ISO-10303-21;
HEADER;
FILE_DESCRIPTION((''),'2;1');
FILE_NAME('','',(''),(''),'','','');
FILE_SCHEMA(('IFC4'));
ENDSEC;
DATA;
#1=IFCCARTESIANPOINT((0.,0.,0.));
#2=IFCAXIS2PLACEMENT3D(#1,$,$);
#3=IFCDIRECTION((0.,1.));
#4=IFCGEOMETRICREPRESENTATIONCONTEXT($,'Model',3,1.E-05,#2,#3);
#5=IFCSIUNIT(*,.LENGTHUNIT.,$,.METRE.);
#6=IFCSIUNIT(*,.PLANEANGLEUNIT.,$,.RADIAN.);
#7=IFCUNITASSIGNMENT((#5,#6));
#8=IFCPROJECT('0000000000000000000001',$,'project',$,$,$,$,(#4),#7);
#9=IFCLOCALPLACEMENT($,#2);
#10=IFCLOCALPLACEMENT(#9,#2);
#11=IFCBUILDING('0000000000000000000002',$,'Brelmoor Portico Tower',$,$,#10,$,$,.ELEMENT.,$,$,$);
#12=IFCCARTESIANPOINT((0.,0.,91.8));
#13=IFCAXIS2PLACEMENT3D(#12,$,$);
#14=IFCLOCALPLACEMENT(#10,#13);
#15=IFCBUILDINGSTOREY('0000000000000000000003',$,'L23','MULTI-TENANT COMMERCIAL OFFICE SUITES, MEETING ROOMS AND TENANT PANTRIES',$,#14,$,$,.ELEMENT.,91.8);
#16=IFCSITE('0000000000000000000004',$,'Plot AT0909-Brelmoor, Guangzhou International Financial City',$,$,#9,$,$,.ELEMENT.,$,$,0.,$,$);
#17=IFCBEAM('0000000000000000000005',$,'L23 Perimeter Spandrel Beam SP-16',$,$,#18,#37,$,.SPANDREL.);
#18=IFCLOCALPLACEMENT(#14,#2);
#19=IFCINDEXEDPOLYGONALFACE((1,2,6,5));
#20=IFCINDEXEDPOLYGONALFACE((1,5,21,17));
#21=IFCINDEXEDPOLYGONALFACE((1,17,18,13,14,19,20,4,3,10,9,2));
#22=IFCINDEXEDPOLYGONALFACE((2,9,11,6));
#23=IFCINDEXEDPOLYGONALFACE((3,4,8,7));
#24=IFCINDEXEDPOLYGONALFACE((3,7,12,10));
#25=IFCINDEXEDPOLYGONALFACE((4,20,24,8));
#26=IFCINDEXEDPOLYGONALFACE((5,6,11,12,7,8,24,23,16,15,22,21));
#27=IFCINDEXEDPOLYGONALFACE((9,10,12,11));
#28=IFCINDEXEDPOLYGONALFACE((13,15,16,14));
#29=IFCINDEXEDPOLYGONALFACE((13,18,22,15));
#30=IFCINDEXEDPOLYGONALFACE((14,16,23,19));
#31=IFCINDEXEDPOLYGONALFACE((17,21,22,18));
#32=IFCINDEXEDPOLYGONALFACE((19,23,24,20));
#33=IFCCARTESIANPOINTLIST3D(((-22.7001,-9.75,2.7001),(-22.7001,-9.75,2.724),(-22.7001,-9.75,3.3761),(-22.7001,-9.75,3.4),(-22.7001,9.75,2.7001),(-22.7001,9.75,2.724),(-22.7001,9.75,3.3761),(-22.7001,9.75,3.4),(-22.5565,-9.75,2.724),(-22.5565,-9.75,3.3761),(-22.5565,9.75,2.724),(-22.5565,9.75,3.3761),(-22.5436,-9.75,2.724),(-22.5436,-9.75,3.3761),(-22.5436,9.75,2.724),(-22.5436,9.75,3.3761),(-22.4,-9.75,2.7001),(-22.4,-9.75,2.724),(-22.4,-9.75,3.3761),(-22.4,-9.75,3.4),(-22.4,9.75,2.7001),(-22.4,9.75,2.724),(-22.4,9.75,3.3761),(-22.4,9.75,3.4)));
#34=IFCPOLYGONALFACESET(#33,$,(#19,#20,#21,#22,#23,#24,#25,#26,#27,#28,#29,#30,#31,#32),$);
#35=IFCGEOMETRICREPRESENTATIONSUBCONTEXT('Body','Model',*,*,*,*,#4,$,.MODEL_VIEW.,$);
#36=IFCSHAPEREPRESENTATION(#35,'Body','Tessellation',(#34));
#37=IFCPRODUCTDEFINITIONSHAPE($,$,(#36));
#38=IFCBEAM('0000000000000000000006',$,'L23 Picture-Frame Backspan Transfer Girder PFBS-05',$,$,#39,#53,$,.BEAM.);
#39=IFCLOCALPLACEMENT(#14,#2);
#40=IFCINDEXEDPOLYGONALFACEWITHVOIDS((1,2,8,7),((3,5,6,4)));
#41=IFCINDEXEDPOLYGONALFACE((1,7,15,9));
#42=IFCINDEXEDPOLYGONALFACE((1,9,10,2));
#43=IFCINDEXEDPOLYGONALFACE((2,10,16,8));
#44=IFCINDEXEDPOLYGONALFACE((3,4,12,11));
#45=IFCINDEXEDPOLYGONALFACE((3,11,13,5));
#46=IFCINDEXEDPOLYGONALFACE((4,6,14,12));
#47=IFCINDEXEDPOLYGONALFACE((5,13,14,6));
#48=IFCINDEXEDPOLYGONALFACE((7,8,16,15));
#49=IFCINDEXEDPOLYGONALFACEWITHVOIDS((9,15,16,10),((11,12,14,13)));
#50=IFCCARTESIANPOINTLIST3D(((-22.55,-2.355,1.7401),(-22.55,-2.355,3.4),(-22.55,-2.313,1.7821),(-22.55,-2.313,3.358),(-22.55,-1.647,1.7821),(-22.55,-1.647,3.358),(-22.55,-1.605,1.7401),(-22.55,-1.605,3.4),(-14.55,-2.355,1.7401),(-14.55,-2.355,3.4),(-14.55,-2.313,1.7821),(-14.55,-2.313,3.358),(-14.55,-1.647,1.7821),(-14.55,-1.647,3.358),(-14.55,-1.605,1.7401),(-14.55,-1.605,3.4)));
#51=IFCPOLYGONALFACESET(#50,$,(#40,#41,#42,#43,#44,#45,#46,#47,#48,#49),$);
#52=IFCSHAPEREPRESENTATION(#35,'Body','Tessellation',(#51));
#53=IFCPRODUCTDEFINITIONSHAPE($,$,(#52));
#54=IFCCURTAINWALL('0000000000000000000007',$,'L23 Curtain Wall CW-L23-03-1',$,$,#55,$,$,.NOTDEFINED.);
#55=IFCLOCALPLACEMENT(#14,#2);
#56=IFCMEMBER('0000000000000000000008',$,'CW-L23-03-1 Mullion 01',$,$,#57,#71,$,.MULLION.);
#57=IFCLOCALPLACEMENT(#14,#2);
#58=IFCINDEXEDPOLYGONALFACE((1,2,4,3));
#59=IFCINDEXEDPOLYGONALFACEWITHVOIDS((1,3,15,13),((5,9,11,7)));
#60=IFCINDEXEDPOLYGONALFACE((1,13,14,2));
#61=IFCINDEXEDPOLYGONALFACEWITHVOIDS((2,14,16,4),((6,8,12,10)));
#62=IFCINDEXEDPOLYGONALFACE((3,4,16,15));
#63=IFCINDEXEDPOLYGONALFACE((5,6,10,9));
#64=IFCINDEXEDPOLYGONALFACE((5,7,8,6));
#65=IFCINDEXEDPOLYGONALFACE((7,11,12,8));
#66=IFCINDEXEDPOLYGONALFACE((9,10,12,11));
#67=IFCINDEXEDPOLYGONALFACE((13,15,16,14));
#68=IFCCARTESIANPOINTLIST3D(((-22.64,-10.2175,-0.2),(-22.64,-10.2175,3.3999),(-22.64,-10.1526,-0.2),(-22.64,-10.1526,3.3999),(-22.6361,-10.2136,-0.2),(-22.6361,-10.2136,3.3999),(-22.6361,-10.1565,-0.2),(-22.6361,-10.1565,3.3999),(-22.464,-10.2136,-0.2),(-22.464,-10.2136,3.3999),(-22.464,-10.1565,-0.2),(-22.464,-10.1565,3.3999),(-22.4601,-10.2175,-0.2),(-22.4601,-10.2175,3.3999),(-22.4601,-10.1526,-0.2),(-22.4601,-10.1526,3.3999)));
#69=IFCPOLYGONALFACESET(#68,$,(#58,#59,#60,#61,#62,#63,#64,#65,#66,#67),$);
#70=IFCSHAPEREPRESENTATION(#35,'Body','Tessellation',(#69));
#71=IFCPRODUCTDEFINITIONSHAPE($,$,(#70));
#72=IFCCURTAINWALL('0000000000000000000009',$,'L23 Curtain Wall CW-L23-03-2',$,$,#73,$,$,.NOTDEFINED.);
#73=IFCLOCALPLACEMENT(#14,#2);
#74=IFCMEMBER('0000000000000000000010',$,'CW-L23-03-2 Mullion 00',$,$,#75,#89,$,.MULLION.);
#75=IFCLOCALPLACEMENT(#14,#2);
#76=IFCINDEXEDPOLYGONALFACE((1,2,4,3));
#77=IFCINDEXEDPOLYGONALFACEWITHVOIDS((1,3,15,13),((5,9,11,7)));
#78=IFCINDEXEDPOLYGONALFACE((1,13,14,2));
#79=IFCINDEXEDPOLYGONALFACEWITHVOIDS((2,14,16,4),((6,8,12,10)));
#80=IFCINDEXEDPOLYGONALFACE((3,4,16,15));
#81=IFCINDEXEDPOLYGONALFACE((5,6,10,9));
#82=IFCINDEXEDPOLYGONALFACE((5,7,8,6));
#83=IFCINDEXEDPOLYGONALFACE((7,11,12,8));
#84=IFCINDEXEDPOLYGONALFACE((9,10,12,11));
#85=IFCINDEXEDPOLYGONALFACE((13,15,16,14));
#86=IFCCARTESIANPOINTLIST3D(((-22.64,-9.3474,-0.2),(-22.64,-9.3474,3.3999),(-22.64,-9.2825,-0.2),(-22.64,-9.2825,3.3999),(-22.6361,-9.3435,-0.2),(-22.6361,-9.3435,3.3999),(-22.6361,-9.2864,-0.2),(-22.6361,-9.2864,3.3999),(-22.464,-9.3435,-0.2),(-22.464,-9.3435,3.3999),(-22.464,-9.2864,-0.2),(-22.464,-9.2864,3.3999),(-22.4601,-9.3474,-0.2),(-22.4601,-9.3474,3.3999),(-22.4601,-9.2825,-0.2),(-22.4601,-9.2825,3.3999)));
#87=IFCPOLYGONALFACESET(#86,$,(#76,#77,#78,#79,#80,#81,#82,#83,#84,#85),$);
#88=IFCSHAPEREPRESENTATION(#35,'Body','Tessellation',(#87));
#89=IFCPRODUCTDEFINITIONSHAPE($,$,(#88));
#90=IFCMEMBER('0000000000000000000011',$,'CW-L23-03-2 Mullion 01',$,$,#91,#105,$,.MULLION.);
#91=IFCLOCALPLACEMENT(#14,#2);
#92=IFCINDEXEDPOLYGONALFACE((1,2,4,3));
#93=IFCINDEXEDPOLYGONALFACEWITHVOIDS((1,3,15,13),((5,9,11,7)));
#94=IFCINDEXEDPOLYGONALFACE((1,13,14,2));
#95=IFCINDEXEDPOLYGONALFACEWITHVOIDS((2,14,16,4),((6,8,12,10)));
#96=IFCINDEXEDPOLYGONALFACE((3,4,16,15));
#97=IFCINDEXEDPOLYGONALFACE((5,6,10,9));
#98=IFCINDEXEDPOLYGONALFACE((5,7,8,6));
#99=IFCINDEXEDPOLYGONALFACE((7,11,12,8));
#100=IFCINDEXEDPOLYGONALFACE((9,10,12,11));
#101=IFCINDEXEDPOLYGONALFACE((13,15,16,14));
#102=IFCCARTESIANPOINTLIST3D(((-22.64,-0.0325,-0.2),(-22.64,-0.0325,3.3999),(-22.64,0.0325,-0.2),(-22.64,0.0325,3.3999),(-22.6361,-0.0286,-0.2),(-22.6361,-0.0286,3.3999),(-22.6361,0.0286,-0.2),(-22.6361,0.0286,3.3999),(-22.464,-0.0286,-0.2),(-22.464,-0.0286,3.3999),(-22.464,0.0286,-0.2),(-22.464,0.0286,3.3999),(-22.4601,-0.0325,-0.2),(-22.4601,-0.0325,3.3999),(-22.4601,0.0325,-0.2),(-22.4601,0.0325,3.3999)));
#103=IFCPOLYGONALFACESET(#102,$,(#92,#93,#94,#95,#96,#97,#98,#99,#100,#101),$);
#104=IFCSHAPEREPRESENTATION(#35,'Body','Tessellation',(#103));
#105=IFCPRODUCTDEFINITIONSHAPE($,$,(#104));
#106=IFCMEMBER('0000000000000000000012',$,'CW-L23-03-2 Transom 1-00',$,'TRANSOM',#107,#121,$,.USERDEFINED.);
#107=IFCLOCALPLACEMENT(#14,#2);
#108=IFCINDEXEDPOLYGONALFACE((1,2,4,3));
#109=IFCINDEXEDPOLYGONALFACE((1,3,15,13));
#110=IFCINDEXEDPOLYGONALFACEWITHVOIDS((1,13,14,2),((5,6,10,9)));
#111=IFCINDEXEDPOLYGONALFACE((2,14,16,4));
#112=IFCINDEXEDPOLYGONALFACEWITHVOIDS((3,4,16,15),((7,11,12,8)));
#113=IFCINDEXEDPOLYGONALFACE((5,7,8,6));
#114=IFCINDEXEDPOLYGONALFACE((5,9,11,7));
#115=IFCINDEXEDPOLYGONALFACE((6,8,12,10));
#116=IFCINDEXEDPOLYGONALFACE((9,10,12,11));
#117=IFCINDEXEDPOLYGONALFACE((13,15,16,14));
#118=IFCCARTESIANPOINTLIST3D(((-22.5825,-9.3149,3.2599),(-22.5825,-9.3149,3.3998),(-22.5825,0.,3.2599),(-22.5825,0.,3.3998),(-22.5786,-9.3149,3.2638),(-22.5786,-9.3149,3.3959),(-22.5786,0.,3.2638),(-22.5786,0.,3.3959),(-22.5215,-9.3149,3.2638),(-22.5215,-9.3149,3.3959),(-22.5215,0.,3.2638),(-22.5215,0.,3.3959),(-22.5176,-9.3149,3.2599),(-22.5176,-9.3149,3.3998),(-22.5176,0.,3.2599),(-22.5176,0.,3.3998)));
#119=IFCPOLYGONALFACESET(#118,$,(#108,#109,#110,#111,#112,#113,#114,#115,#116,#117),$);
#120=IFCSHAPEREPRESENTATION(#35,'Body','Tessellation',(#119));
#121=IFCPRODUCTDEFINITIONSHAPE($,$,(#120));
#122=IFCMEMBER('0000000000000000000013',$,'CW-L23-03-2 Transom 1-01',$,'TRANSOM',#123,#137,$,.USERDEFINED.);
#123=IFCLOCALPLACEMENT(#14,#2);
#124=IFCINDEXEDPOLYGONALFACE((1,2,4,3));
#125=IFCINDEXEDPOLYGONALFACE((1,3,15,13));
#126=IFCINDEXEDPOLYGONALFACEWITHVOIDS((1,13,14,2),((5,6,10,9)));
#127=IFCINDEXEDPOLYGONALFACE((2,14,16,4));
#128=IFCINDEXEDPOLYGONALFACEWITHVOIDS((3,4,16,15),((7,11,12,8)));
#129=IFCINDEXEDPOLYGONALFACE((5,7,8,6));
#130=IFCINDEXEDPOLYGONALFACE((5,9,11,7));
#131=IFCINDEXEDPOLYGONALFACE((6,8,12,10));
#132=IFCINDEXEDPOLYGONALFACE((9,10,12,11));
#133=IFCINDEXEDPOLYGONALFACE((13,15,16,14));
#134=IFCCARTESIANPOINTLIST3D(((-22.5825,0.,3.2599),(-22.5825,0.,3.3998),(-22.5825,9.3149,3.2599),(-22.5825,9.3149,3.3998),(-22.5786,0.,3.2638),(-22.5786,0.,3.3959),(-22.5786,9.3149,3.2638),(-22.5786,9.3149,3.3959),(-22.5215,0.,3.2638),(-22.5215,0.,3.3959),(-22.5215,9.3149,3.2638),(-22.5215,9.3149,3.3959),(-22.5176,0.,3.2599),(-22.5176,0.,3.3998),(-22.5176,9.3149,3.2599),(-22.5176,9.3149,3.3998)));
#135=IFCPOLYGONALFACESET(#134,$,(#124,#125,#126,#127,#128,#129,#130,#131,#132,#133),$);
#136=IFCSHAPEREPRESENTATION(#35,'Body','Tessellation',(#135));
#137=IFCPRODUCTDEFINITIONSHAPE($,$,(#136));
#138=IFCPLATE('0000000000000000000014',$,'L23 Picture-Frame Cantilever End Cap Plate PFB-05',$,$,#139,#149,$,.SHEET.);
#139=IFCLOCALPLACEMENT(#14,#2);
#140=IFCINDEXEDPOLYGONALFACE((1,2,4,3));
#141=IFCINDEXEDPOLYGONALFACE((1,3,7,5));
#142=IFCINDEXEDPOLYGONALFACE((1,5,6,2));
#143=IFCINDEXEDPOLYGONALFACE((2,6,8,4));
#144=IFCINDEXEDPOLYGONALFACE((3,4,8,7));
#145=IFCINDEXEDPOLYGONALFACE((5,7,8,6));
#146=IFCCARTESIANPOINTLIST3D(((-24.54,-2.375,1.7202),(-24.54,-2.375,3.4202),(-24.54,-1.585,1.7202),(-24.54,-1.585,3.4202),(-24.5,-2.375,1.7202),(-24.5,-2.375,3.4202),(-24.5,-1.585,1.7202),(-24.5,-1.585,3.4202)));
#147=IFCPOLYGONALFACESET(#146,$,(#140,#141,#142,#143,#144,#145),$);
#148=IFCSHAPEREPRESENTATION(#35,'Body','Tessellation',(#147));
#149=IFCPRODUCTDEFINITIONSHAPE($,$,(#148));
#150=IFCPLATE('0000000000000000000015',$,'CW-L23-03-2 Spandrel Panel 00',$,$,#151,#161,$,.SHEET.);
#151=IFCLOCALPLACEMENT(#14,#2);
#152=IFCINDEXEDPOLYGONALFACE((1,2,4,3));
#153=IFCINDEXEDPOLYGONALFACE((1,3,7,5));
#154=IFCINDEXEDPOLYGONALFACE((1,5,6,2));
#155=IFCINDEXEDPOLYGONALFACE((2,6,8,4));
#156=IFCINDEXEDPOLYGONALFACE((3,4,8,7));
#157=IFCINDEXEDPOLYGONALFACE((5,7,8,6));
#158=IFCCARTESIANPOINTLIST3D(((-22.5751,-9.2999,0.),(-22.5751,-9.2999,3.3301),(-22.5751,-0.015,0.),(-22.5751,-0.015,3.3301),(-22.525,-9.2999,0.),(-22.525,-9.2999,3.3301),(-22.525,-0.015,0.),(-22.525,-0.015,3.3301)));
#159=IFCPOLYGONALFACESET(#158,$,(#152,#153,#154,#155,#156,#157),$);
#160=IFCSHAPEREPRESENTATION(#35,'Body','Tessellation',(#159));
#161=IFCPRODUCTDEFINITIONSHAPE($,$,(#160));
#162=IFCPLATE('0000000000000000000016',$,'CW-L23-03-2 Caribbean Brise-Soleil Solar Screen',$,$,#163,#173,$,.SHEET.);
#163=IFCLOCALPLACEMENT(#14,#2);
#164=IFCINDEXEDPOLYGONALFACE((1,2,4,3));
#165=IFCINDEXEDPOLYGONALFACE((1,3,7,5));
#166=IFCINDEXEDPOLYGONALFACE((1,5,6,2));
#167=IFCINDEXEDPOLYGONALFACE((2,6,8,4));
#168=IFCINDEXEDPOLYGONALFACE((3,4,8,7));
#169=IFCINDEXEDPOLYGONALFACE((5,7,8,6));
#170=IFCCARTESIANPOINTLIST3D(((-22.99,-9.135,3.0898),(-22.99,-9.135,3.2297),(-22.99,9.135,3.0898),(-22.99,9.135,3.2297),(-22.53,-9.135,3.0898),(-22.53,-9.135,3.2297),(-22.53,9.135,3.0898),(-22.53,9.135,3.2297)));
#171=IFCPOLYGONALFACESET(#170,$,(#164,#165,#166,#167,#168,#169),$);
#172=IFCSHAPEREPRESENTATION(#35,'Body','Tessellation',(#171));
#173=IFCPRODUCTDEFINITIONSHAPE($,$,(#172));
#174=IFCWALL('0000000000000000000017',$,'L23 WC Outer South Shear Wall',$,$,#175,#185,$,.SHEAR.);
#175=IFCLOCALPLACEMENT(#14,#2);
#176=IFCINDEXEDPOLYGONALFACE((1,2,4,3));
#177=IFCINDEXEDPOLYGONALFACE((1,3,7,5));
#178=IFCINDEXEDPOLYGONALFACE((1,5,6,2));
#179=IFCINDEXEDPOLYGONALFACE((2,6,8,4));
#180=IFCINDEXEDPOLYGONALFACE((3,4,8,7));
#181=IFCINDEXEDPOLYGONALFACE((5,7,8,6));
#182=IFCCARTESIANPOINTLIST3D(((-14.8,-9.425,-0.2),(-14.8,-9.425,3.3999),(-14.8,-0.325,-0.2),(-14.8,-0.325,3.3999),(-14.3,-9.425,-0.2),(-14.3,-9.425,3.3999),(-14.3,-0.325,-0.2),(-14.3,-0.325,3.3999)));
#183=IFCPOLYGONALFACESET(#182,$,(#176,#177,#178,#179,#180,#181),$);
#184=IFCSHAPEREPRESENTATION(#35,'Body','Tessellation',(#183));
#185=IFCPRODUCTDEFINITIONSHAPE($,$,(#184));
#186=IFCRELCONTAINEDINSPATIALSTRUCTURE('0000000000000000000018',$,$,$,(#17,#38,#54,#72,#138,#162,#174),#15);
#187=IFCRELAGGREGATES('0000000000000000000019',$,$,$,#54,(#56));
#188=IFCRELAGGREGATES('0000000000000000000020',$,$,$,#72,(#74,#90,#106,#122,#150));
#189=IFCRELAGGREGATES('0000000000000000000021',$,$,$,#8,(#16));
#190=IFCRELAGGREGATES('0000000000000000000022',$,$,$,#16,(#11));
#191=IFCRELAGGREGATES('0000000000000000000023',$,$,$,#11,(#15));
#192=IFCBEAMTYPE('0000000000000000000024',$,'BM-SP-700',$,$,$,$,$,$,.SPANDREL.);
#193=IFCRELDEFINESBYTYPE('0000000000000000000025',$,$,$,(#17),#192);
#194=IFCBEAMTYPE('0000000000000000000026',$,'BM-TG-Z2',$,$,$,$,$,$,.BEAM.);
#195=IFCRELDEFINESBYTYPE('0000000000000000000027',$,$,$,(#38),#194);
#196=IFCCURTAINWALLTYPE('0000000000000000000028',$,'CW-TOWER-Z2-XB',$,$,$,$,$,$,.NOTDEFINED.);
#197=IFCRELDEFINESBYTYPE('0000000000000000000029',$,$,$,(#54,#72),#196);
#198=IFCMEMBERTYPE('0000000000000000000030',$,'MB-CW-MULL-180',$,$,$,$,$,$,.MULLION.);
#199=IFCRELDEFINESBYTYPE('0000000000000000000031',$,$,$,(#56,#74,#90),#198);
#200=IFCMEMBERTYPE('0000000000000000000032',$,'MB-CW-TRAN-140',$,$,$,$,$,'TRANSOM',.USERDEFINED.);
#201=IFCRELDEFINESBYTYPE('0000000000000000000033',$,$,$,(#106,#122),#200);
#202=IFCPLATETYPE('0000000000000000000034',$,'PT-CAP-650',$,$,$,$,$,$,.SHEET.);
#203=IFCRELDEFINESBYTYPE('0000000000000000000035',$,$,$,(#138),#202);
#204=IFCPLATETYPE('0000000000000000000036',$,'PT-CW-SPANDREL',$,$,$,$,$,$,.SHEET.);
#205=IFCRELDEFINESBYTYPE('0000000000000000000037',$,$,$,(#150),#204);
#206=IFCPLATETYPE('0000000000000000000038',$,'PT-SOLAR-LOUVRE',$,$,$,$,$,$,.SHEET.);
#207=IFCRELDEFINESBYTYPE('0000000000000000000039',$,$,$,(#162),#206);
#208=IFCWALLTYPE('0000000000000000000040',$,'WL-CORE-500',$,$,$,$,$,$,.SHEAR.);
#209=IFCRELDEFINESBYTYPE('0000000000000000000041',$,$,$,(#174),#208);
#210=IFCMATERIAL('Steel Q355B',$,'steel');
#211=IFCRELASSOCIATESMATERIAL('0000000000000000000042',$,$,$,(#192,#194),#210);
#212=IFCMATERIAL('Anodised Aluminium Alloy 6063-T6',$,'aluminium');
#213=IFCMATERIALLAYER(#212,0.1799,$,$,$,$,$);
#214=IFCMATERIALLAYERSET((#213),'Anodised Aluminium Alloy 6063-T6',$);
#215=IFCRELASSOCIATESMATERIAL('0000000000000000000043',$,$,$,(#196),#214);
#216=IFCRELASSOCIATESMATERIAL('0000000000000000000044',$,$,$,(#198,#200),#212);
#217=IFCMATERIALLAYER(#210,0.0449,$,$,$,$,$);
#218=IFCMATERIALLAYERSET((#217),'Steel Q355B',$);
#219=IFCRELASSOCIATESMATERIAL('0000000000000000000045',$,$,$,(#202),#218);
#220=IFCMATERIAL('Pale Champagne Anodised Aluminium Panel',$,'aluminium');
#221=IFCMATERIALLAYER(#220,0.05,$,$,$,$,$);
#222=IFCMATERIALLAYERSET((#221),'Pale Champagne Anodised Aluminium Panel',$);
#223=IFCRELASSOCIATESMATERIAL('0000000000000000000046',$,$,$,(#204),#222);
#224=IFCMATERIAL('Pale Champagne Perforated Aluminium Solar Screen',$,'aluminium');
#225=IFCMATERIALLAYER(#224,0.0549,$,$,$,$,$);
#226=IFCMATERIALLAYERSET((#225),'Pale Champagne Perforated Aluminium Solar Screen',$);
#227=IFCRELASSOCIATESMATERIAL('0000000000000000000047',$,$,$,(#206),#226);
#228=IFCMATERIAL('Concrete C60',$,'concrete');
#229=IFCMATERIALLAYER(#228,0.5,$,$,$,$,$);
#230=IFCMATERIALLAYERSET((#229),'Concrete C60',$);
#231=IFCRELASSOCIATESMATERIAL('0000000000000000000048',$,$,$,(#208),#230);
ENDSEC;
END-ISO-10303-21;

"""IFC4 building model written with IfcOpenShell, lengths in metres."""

from ifc_helpers import new_model, si_unit, direction, frame, frame_2d, origin, origin_2d, place, context, subcontext, project, spatial, rectangle, hollow_rectangle, i_section, extrude, material, layer, layer_set, material_profile, profile_set, type_object, element, aggregate, save


model = new_model("IFC4")

# Units and contexts
model_context = context("Model", 3, precision=1e-05, world=origin(), true_north=direction((0.0, 1.0)))
body_context = subcontext(model_context, "Body", "Model", "MODEL_VIEW")
ifc_project = project(units=[si_unit("LENGTHUNIT", "METRE"), si_unit("PLANEANGLEUNIT", "RADIAN")], contexts=[model_context])

# Site, building, storey
site_placement = place(None, origin())
site = spatial("IfcSite", under=ifc_project, at=site_placement, Name="Plot AT0909-Brelmoor, Guangzhou International Financial City", CompositionType="ELEMENT", RefElevation=0.0)
building_placement = place(site_placement, origin())
building = spatial("IfcBuilding", under=site, at=building_placement, Name="Brelmoor Portico Tower", CompositionType="ELEMENT")
storey_placement = place(building_placement, frame((0.0, 0.0, 91.8)))
storey = spatial("IfcBuildingStorey", under=building, at=storey_placement, Name="L23", Description="MULTI-TENANT COMMERCIAL OFFICE SUITES, MEETING ROOMS AND TENANT PANTRIES", CompositionType="ELEMENT", Elevation=91.8)

# Shared definitions
ifc_material_1 = material(Name="Steel Q355B", Category="steel")

# Beams
ifc_material_profile_1 = material_profile(ifc_material_1, i_section(OverallWidth=0.3, OverallDepth=0.7, WebThickness=0.0129, FlangeThickness=0.0239, at=origin_2d()), Name="HN 700x300x13x24")
ifc_profile_set_1 = profile_set([ifc_material_profile_1], Name="Steel Q355B")
beam_type_1 = type_object("IfcBeamType", Name="BM-SP-700", PredefinedType="SPANDREL", material=ifc_profile_set_1)
beam_1_placement = place(storey_placement, frame((-22.55, -9.75, 3.05), z_axis=(0.0, 1.0, 0.0), x_axis=(-1.0, 0.0, 0.0)))
element("IfcBeam", 1, at=beam_1_placement, inside=storey, type_object=beam_type_1, Name="L23 Perimeter Spandrel Beam SP-16", PredefinedType="SPANDREL", context=body_context, shape_type="SweptSolid", body=[
    extrude(i_section(OverallWidth=0.3, OverallDepth=0.7, WebThickness=0.0129, FlangeThickness=0.0239, at=origin_2d()), origin(), (0.0, 0.0, 1.0), 19.5),
])
ifc_material_profile_2 = material_profile(ifc_material_1, hollow_rectangle(XDim=0.75, YDim=1.6599, WallThickness=0.042, at=origin_2d()), Name="BOX 750x1660x42")
ifc_profile_set_2 = profile_set([ifc_material_profile_2], Name="Steel Q355B")
beam_type_2 = type_object("IfcBeamType", Name="BM-TG-Z2", PredefinedType="BEAM", material=ifc_profile_set_2)
beam_2_placement = place(storey_placement, frame((-22.55, -1.98, 2.5701), z_axis=(1.0, 0.0, 0.0), x_axis=(0.0, 1.0, 0.0)))
element("IfcBeam", 2, at=beam_2_placement, inside=storey, type_object=beam_type_2, Name="L23 Picture-Frame Backspan Transfer Girder PFBS-05", PredefinedType="BEAM", context=body_context, shape_type="SweptSolid", body=[
    extrude(hollow_rectangle(XDim=0.75, YDim=1.6599, WallThickness=0.042, at=origin_2d()), origin(), (0.0, 0.0, 1.0), 8.0),
])

# Curtain wall, member
ifc_material_2 = material(Name="Anodised Aluminium Alloy 6063-T6", Category="aluminium")
ifc_layer_1 = layer(ifc_material_2, 0.1799)
ifc_layer_set_1 = layer_set([ifc_layer_1], Name="Anodised Aluminium Alloy 6063-T6")
curtain_wall_type = type_object("IfcCurtainWallType", Name="CW-TOWER-Z2-XB", PredefinedType="NOTDEFINED", material=ifc_layer_set_1)
curtain_wall_1_placement = place(storey_placement, origin())
curtain_wall_1 = element("IfcCurtainWall", 3, at=curtain_wall_1_placement, inside=storey, type_object=curtain_wall_type, Name="L23 Curtain Wall CW-L23-03-1", PredefinedType="NOTDEFINED")
ifc_material_profile_3 = material_profile(ifc_material_2, hollow_rectangle(XDim=0.0649, YDim=0.1799, WallThickness=0.0039, at=origin_2d()), Name="ALU MULLION 65x180")
ifc_profile_set_3 = profile_set([ifc_material_profile_3], Name="Anodised Aluminium Alloy 6063-T6")
member_type_1 = type_object("IfcMemberType", Name="MB-CW-MULL-180", PredefinedType="MULLION", material=ifc_profile_set_3)
member_1_placement = place(storey_placement, frame((-22.55, -10.1851, -0.2), z_axis=(0.0, 0.0, 1.0), x_axis=(0.0, 1.0, 0.0)))
member_1 = element("IfcMember", 4, at=member_1_placement, type_object=member_type_1, Name="CW-L23-03-1 Mullion 01", PredefinedType="MULLION", context=body_context, shape_type="SweptSolid", body=[
    extrude(hollow_rectangle(XDim=0.0649, YDim=0.1799, WallThickness=0.0039, at=origin_2d()), origin(), (0.0, 0.0, 1.0), 3.5999),
])
aggregate(curtain_wall_1, [member_1])

# Curtain wall, members
curtain_wall_2_placement = place(storey_placement, origin())
curtain_wall_2 = element("IfcCurtainWall", 5, at=curtain_wall_2_placement, inside=storey, type_object=curtain_wall_type, Name="L23 Curtain Wall CW-L23-03-2", PredefinedType="NOTDEFINED")
member_2_placement = place(storey_placement, frame((-22.55, -9.3149, -0.2), z_axis=(0.0, 0.0, 1.0), x_axis=(0.0, 1.0, 0.0)))
member_2 = element("IfcMember", 6, at=member_2_placement, type_object=member_type_1, Name="CW-L23-03-2 Mullion 00", PredefinedType="MULLION", context=body_context, shape_type="SweptSolid", body=[
    extrude(hollow_rectangle(XDim=0.0649, YDim=0.1799, WallThickness=0.0039, at=origin_2d()), origin(), (0.0, 0.0, 1.0), 3.5999),
])
member_3_placement = place(storey_placement, frame((-22.55, 0.0, -0.2), z_axis=(0.0, 0.0, 1.0), x_axis=(0.0, 1.0, 0.0)))
member_3 = element("IfcMember", 7, at=member_3_placement, type_object=member_type_1, Name="CW-L23-03-2 Mullion 01", PredefinedType="MULLION", context=body_context, shape_type="SweptSolid", body=[
    extrude(hollow_rectangle(XDim=0.0649, YDim=0.1799, WallThickness=0.0039, at=origin_2d()), origin(), (0.0, 0.0, 1.0), 3.5999),
])
ifc_material_profile_4 = material_profile(ifc_material_2, hollow_rectangle(XDim=0.0649, YDim=0.1399, WallThickness=0.0039, at=origin_2d()), Name="ALU TRANSOM 65x140")
ifc_profile_set_4 = profile_set([ifc_material_profile_4], Name="Anodised Aluminium Alloy 6063-T6")
member_type_2 = type_object("IfcMemberType", Name="MB-CW-TRAN-140", ElementType="TRANSOM", PredefinedType="USERDEFINED", material=ifc_profile_set_4)
member_4_placement = place(storey_placement, frame((-22.55, -9.3149, 3.3298), z_axis=(0.0, 1.0, 0.0), x_axis=(-1.0, 0.0, 0.0)))
member_4 = element("IfcMember", 8, at=member_4_placement, type_object=member_type_2, Name="CW-L23-03-2 Transom 1-00", ObjectType="TRANSOM", PredefinedType="USERDEFINED", context=body_context, shape_type="SweptSolid", body=[
    extrude(hollow_rectangle(XDim=0.0649, YDim=0.1399, WallThickness=0.0039, at=origin_2d()), origin(), (0.0, 0.0, 1.0), 9.3149),
])
member_5_placement = place(storey_placement, frame((-22.55, 0.0, 3.3298), z_axis=(0.0, 1.0, 0.0), x_axis=(-1.0, 0.0, 0.0)))
member_5 = element("IfcMember", 9, at=member_5_placement, type_object=member_type_2, Name="CW-L23-03-2 Transom 1-01", ObjectType="TRANSOM", PredefinedType="USERDEFINED", context=body_context, shape_type="SweptSolid", body=[
    extrude(hollow_rectangle(XDim=0.0649, YDim=0.1399, WallThickness=0.0039, at=origin_2d()), origin(), (0.0, 0.0, 1.0), 9.3149),
])

# Plates
ifc_layer_2 = layer(ifc_material_1, 0.0449)
ifc_layer_set_2 = layer_set([ifc_layer_2], Name="Steel Q355B")
plate_type_1 = type_object("IfcPlateType", Name="PT-CAP-650", PredefinedType="SHEET", material=ifc_layer_set_2)
plate_1_placement = place(storey_placement, frame((-24.52, -1.98, 1.7202), z_axis=(0.0, 0.0, 1.0), x_axis=(1.0, 0.0, 0.0)))
element("IfcPlate", 10, at=plate_1_placement, inside=storey, type_object=plate_type_1, Name="L23 Picture-Frame Cantilever End Cap Plate PFB-05", PredefinedType="SHEET", context=body_context, shape_type="SweptSolid", body=[
    extrude(rectangle(XDim=0.04, YDim=0.79, at=origin_2d()), origin(), (0.0, 0.0, 1.0), 1.7),
])
ifc_material_3 = material(Name="Pale Champagne Anodised Aluminium Panel", Category="aluminium")
ifc_layer_3 = layer(ifc_material_3, 0.05)
ifc_layer_set_3 = layer_set([ifc_layer_3], Name="Pale Champagne Anodised Aluminium Panel")
plate_type_2 = type_object("IfcPlateType", Name="PT-CW-SPANDREL", PredefinedType="SHEET", material=ifc_layer_set_3)
plate_2_placement = place(storey_placement, frame((-22.55, -4.6575, 0.0), z_axis=(0.0, 0.0, 1.0), x_axis=(0.0, 1.0, 0.0)))
plate_2 = element("IfcPlate", 11, at=plate_2_placement, type_object=plate_type_2, Name="CW-L23-03-2 Spandrel Panel 00", PredefinedType="SHEET", context=body_context, shape_type="SweptSolid", body=[
    extrude(rectangle(XDim=9.2849, YDim=0.05, at=origin_2d()), origin(), (0.0, 0.0, 1.0), 3.3301),
])
aggregate(curtain_wall_2, [member_2, member_3, member_4, member_5, plate_2])
ifc_material_4 = material(Name="Pale Champagne Perforated Aluminium Solar Screen", Category="aluminium")
ifc_layer_4 = layer(ifc_material_4, 0.0549)
ifc_layer_set_4 = layer_set([ifc_layer_4], Name="Pale Champagne Perforated Aluminium Solar Screen")
plate_type_3 = type_object("IfcPlateType", Name="PT-SOLAR-LOUVRE", PredefinedType="SHEET", material=ifc_layer_set_4)
plate_3_placement = place(storey_placement, frame((-22.76, 0.0, 3.0898), z_axis=(0.0, 0.0, 1.0), x_axis=(0.0, 1.0, 0.0)))
element("IfcPlate", 12, at=plate_3_placement, inside=storey, type_object=plate_type_3, Name="CW-L23-03-2 Caribbean Brise-Soleil Solar Screen", PredefinedType="SHEET", context=body_context, shape_type="SweptSolid", body=[
    extrude(rectangle(XDim=18.27, YDim=0.46, at=origin_2d()), origin(), (0.0, 0.0, 1.0), 0.1399),
])

# Wall
ifc_material_5 = material(Name="Concrete C60", Category="concrete")
ifc_layer_5 = layer(ifc_material_5, 0.5)
ifc_layer_set_5 = layer_set([ifc_layer_5], Name="Concrete C60")
wall_type_1 = type_object("IfcWallType", Name="WL-CORE-500", PredefinedType="SHEAR", material=ifc_layer_set_5)
wall_1_placement = place(storey_placement, frame((-14.55, -9.425, -0.2), z_axis=(0.0, 0.0, 1.0), x_axis=(0.0, 1.0, 0.0)))
element("IfcWall", 13, at=wall_1_placement, inside=storey, type_object=wall_type_1, Name="L23 WC Outer South Shear Wall", PredefinedType="SHEAR", context=body_context, shape_type="SweptSolid", body=[
    extrude(rectangle(XDim=9.1001, YDim=0.5, at=frame_2d((4.55, 0.0))), origin(), (0.0, 0.0, 1.0), 3.5999),
])

save(model, "model.ifc")
